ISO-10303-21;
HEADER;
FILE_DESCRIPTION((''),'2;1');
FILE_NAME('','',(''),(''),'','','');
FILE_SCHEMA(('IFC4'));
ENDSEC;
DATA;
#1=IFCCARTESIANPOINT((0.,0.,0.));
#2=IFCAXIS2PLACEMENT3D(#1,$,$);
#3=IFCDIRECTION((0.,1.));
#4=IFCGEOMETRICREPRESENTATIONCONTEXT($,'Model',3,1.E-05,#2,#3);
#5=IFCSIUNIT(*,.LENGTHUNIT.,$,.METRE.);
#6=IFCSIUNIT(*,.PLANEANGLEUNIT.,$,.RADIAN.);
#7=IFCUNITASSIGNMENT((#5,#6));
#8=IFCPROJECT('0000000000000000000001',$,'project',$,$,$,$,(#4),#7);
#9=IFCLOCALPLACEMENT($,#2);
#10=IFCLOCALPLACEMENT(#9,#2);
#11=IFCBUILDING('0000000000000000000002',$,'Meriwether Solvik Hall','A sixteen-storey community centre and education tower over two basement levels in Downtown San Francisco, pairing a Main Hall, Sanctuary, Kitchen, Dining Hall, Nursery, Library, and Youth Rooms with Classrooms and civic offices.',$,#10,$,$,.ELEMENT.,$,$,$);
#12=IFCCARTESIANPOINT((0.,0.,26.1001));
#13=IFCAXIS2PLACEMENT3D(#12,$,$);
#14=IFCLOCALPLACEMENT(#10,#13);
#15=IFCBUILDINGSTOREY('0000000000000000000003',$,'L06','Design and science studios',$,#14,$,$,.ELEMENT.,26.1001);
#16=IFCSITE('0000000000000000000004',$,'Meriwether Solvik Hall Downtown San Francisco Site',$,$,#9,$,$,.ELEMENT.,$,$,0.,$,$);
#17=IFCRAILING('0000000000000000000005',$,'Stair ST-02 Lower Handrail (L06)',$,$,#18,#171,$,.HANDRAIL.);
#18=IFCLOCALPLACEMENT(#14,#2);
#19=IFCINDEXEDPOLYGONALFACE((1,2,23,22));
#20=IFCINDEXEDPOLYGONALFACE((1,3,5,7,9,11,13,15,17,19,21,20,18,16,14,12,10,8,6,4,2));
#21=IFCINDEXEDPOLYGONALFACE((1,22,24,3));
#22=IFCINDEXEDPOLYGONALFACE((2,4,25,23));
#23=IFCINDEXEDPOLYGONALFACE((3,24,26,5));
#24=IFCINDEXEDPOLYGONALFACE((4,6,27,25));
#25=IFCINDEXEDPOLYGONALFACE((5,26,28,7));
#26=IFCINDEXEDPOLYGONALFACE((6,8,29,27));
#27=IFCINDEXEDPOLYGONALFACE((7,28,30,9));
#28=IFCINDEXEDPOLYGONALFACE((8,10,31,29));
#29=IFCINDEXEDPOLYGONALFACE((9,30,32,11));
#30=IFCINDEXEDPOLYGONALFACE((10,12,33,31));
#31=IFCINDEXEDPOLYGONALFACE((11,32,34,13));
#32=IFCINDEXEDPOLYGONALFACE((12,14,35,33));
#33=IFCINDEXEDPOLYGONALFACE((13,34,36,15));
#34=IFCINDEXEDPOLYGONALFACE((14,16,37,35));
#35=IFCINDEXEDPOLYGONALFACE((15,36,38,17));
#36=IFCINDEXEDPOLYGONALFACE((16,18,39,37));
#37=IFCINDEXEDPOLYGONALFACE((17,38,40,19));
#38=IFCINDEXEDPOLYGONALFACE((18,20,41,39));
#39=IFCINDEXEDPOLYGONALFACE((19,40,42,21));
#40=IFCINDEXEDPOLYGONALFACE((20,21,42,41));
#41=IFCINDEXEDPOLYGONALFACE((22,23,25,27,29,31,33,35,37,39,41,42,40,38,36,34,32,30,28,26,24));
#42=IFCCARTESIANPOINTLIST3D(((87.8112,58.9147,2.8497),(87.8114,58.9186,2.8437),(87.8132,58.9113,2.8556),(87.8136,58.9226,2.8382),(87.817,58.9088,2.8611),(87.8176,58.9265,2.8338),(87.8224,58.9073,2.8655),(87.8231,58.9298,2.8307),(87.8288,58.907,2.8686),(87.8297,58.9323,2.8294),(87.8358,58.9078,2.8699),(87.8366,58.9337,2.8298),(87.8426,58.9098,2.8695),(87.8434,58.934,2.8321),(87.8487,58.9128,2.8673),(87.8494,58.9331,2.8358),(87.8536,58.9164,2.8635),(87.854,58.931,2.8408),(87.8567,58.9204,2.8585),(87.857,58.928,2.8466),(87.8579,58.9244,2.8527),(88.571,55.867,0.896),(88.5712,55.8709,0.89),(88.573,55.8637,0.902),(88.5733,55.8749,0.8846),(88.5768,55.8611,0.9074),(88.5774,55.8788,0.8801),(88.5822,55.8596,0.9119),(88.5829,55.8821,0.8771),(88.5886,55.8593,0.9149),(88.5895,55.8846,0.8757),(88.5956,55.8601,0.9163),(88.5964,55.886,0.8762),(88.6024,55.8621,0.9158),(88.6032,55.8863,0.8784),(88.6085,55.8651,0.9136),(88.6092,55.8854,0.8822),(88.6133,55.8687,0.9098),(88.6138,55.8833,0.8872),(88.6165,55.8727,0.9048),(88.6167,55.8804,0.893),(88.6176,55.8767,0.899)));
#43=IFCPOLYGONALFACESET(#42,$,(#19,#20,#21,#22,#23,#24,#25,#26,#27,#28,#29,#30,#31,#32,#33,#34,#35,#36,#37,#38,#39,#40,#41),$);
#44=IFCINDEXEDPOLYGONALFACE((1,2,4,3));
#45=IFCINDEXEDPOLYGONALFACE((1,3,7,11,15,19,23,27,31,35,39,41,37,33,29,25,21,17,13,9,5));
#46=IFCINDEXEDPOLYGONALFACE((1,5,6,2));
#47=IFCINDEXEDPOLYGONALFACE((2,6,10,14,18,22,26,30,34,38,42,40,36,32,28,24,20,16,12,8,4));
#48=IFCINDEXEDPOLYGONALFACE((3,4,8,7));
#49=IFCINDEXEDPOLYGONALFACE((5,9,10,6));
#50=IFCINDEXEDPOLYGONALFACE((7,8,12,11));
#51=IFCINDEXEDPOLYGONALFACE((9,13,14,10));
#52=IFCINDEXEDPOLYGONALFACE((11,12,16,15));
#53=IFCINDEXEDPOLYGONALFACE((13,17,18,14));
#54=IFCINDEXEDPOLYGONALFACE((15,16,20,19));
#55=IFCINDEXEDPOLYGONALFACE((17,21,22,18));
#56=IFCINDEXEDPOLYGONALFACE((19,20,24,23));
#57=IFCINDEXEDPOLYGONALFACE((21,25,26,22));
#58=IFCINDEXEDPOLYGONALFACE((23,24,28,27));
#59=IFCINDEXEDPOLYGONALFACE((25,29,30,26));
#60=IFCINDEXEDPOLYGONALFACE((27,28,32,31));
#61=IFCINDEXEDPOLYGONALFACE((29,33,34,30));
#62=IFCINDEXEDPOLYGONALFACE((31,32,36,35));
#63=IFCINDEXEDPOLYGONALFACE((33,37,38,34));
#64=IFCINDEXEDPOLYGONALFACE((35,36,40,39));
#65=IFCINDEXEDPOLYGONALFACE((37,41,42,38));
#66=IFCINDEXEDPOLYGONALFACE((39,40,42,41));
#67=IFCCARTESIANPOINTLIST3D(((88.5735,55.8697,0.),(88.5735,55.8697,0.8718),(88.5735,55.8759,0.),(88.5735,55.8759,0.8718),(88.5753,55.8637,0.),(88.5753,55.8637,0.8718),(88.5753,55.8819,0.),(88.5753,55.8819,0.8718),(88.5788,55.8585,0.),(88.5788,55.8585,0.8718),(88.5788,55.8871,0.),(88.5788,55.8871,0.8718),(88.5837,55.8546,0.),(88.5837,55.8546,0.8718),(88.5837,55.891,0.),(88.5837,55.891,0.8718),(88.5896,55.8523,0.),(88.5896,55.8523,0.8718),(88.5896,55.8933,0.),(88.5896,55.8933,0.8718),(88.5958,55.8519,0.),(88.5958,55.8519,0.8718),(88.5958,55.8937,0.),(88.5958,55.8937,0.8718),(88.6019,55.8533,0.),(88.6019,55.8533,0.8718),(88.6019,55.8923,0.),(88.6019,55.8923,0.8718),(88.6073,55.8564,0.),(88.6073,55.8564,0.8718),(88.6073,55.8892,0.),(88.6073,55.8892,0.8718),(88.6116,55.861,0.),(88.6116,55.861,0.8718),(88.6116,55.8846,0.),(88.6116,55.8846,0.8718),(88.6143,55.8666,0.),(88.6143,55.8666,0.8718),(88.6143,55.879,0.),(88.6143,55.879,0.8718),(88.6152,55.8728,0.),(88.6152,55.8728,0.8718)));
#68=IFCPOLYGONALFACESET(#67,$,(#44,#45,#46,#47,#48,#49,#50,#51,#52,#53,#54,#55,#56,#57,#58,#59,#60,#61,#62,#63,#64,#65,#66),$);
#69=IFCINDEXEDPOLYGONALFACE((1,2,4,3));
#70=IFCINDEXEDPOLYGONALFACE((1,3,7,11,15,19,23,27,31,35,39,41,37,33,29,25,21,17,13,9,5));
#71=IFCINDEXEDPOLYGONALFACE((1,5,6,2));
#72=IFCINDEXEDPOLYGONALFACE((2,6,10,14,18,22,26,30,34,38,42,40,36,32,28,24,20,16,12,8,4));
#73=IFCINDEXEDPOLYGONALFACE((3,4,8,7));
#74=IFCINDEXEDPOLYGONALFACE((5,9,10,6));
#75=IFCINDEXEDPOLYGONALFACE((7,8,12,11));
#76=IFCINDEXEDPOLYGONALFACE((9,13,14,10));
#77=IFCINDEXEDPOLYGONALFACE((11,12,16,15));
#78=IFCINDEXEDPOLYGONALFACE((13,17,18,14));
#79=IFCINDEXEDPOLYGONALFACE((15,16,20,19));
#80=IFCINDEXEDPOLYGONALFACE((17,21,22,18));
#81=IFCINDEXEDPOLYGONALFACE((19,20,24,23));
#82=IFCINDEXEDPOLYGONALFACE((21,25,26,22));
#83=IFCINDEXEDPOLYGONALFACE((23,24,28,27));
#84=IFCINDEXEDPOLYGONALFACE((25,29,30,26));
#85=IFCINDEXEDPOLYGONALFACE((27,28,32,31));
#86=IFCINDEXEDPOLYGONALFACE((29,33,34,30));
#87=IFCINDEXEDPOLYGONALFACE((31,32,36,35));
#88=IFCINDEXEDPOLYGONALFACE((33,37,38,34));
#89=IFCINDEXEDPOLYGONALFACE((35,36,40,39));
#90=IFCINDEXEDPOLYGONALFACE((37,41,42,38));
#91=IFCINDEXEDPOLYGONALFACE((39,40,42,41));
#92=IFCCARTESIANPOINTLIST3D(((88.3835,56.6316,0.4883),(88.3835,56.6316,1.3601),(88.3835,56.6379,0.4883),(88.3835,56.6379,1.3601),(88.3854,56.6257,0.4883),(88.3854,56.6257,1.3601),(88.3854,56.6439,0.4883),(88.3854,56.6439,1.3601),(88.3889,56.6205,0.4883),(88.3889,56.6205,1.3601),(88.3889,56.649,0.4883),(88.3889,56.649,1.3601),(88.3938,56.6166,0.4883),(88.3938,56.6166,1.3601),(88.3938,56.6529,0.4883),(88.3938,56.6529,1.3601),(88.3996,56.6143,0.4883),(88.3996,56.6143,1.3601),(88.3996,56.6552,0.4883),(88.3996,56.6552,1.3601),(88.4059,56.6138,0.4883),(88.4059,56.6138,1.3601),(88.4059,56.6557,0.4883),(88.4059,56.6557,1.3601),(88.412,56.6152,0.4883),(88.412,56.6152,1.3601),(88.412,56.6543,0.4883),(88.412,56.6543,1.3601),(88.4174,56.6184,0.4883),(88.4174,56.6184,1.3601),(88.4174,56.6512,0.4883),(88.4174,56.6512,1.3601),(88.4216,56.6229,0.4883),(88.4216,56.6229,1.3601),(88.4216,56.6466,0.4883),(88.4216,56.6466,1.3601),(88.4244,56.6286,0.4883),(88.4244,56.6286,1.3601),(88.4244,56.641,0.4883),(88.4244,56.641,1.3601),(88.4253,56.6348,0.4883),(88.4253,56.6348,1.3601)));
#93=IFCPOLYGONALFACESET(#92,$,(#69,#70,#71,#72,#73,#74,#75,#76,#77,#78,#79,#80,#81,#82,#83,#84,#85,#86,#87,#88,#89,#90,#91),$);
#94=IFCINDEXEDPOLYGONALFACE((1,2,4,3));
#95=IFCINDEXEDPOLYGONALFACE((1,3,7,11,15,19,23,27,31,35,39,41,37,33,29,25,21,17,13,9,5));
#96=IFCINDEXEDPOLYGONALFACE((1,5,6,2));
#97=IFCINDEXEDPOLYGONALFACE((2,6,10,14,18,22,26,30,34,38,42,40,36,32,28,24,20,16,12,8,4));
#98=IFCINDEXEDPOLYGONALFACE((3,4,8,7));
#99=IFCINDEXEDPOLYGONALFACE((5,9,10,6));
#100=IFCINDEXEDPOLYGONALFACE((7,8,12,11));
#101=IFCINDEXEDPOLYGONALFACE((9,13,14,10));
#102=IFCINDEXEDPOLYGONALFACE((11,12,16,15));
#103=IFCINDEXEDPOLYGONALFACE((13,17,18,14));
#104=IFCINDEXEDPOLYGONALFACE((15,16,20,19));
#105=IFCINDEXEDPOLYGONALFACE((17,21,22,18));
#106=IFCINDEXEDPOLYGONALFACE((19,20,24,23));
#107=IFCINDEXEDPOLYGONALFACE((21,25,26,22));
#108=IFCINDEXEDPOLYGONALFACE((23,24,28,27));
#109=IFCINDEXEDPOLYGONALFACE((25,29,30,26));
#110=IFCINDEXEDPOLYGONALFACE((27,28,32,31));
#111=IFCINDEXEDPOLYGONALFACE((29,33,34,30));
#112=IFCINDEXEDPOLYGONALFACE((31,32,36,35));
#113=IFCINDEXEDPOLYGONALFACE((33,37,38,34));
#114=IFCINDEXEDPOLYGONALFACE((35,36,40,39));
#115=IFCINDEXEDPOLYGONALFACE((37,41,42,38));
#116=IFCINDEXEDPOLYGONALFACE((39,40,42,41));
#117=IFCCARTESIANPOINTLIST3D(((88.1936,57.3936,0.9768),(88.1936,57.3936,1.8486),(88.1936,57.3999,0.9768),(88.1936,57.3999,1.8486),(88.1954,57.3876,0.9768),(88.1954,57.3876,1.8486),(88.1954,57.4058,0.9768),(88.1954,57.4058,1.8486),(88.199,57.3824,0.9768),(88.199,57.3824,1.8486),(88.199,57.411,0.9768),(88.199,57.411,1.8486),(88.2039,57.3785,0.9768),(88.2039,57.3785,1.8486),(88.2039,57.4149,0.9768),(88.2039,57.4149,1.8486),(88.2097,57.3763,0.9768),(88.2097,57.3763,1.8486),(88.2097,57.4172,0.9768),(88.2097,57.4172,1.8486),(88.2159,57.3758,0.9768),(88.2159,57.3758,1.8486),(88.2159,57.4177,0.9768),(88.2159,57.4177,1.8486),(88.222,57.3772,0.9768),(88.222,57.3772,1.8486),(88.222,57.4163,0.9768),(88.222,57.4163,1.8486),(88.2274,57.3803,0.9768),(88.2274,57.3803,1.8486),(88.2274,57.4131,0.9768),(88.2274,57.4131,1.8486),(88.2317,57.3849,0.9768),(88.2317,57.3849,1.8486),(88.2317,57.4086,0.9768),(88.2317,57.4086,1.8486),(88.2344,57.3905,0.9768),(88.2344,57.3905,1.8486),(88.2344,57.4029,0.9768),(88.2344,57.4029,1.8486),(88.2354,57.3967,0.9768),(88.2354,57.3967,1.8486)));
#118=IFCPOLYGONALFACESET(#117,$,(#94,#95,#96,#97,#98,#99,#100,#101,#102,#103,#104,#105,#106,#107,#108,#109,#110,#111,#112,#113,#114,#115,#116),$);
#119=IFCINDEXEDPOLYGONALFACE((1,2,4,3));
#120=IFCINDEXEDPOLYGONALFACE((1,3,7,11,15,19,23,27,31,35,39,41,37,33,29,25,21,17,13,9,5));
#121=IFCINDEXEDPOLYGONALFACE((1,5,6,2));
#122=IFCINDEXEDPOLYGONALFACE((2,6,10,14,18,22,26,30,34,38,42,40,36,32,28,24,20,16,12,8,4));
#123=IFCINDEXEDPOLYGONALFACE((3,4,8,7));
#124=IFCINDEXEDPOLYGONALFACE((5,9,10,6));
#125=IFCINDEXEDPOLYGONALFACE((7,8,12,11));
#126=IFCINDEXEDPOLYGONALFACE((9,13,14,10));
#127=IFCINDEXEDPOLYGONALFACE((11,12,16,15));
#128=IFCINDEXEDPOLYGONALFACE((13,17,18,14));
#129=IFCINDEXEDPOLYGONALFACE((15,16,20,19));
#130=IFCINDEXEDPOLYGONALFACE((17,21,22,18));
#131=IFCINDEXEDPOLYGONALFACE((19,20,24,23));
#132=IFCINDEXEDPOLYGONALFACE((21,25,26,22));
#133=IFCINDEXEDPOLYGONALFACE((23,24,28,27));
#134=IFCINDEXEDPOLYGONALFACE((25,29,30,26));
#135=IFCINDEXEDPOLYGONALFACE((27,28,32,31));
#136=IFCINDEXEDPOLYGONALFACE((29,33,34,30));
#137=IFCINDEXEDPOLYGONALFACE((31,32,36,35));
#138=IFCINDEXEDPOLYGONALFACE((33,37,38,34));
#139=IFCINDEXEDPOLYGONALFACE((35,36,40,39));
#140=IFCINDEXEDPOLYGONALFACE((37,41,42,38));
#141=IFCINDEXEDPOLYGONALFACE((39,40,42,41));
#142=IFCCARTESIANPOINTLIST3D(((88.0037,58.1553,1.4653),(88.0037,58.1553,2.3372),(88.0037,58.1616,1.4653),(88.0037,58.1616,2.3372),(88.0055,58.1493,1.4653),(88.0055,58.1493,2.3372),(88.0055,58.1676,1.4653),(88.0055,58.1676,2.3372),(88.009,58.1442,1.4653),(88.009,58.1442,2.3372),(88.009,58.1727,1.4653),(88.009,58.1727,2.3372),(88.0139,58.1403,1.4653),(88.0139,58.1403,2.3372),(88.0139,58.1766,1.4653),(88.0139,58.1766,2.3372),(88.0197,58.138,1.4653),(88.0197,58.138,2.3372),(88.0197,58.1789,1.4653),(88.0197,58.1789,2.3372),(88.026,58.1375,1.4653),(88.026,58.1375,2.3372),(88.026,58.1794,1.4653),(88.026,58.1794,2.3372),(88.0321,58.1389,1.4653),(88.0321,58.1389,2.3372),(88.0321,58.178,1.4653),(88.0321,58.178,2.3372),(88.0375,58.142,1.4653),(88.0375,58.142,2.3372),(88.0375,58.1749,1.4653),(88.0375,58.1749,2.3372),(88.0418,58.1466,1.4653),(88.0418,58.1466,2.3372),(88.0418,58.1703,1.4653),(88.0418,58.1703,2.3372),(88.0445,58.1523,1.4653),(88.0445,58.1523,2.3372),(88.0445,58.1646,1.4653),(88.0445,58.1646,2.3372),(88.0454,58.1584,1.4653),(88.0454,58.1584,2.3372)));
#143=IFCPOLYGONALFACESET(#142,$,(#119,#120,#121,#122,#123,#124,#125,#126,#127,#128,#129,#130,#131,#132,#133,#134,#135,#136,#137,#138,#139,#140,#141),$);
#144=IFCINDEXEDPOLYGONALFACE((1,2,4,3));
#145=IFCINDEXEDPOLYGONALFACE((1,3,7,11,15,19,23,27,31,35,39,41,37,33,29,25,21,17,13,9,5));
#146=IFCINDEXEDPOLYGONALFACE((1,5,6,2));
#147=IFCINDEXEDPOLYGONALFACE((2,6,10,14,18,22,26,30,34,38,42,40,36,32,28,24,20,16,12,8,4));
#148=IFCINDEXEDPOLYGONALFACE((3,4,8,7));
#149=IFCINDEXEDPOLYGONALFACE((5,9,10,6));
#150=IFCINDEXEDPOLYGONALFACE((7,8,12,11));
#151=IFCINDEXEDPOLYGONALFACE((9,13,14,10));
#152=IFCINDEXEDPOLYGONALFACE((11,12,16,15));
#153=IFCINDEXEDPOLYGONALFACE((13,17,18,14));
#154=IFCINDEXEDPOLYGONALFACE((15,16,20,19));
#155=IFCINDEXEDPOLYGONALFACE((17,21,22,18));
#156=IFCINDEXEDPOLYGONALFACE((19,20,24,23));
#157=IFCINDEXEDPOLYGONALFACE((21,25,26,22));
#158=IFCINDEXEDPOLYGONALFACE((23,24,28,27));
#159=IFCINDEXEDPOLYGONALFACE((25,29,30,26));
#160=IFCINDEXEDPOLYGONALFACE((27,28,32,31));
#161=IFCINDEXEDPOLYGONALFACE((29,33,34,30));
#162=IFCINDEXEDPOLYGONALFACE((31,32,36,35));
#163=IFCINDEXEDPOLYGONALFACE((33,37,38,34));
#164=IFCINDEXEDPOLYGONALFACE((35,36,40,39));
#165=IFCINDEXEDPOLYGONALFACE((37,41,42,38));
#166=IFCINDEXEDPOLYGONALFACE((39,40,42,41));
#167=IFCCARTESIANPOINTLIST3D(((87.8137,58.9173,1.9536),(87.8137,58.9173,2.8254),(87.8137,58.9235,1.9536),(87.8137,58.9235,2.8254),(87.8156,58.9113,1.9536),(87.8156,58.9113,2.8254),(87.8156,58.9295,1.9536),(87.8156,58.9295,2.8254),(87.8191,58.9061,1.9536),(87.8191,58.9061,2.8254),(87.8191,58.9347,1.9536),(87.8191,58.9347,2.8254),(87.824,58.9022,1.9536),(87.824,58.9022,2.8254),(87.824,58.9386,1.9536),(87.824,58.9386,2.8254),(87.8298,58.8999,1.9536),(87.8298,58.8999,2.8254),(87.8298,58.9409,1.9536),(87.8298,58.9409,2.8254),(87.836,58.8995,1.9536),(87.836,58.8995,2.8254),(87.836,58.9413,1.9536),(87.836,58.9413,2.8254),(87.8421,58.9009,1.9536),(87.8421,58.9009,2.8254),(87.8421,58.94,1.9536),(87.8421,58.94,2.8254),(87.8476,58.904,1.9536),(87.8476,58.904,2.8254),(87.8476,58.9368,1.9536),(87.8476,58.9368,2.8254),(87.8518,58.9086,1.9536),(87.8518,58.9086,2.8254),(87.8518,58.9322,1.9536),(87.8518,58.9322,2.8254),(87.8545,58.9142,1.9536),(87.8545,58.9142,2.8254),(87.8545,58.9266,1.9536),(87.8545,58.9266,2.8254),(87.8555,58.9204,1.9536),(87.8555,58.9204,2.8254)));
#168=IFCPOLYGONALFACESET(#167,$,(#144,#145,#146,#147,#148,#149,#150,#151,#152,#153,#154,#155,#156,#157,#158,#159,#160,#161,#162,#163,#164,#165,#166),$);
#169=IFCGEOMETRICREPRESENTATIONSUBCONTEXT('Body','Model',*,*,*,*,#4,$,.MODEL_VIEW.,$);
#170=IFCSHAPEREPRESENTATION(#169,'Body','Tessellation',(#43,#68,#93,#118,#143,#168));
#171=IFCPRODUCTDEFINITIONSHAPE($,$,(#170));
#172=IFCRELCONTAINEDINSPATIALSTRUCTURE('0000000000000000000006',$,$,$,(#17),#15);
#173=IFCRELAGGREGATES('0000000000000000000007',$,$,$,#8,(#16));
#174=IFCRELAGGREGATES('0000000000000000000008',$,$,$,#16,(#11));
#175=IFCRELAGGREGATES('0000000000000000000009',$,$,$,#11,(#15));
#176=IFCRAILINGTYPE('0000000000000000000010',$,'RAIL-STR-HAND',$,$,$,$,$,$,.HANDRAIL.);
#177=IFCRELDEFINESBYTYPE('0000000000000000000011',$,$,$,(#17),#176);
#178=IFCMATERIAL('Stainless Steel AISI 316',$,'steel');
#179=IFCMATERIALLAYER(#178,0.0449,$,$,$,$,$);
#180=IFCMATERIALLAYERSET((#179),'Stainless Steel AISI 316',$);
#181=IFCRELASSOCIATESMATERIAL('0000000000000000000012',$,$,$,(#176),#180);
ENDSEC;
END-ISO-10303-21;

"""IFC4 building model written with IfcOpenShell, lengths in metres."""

from ifc_helpers import new_model, si_unit, direction, frame, origin, origin_2d, place, context, subcontext, project, spatial, circle, extrude, material, layer, layer_set, type_object, element, save


model = new_model("IFC4")

# Units and contexts
model_context = context("Model", 3, precision=1e-05, world=origin(), true_north=direction((0.0, 1.0)))
body_context = subcontext(model_context, "Body", "Model", "MODEL_VIEW")
ifc_project = project(units=[si_unit("LENGTHUNIT", "METRE"), si_unit("PLANEANGLEUNIT", "RADIAN")], contexts=[model_context])

# Site, building, storey
site_placement = place(None, origin())
site = spatial("IfcSite", under=ifc_project, at=site_placement, Name="Meriwether Solvik Hall Downtown San Francisco Site", CompositionType="ELEMENT", RefElevation=0.0)
building_placement = place(site_placement, origin())
building = spatial("IfcBuilding", under=site, at=building_placement, Name="Meriwether Solvik Hall", Description="A sixteen-storey community centre and education tower over two basement levels in Downtown San Francisco, pairing a Main Hall, Sanctuary, Kitchen, Dining Hall, Nursery, Library, and Youth Rooms with Classrooms and civic offices.", CompositionType="ELEMENT")
storey_placement = place(building_placement, frame((0.0, 0.0, 26.1001)))
storey = spatial("IfcBuildingStorey", under=building, at=storey_placement, Name="L06", Description="Design and science studios", CompositionType="ELEMENT", Elevation=26.1001)

# Railing
ifc_material_1 = material(Name="Stainless Steel AISI 316", Category="steel")
ifc_layer_1 = layer(ifc_material_1, 0.0449)
ifc_layer_set_1 = layer_set([ifc_layer_1], Name="Stainless Steel AISI 316")
railing_type_1 = type_object("IfcRailingType", Name="RAIL-STR-HAND", PredefinedType="HANDRAIL", material=ifc_layer_set_1)
railing_1_placement = place(storey_placement, frame((88.5942, 55.8728, 0.0)))
element("IfcRailing", 1, at=railing_1_placement, inside=storey, type_object=railing_type_1, Name="Stair ST-02 Lower Handrail (L06)", PredefinedType="HANDRAIL", context=body_context, shape_type="SweptSolid", body=[
    extrude(circle(Radius=0.0239, at=origin_2d()), frame((0.0, 0.0, 0.896), z_axis=(-0.205404, 0.823926, 0.528163), x_axis=(-0.970302, -0.241895, 0.0)), (0.0, 0.0, 1.0), 3.699),
    extrude(circle(Radius=0.021, at=origin_2d()), origin(), (0.0, 0.0, 1.0), 0.8718),
    extrude(circle(Radius=0.021, at=origin_2d()), frame((-0.1899, 0.762, 0.4883)), (0.0, 0.0, 1.0), 0.8718),
    extrude(circle(Radius=0.021, at=origin_2d()), frame((-0.3799, 1.5239, 0.9768)), (0.0, 0.0, 1.0), 0.8718),
    extrude(circle(Radius=0.021, at=origin_2d()), frame((-0.5698, 2.2856, 1.4653)), (0.0, 0.0, 1.0), 0.8718),
    extrude(circle(Radius=0.021, at=origin_2d()), frame((-0.7598, 3.0476, 1.9536)), (0.0, 0.0, 1.0), 0.8718),
])

save(model, "model.ifc")
